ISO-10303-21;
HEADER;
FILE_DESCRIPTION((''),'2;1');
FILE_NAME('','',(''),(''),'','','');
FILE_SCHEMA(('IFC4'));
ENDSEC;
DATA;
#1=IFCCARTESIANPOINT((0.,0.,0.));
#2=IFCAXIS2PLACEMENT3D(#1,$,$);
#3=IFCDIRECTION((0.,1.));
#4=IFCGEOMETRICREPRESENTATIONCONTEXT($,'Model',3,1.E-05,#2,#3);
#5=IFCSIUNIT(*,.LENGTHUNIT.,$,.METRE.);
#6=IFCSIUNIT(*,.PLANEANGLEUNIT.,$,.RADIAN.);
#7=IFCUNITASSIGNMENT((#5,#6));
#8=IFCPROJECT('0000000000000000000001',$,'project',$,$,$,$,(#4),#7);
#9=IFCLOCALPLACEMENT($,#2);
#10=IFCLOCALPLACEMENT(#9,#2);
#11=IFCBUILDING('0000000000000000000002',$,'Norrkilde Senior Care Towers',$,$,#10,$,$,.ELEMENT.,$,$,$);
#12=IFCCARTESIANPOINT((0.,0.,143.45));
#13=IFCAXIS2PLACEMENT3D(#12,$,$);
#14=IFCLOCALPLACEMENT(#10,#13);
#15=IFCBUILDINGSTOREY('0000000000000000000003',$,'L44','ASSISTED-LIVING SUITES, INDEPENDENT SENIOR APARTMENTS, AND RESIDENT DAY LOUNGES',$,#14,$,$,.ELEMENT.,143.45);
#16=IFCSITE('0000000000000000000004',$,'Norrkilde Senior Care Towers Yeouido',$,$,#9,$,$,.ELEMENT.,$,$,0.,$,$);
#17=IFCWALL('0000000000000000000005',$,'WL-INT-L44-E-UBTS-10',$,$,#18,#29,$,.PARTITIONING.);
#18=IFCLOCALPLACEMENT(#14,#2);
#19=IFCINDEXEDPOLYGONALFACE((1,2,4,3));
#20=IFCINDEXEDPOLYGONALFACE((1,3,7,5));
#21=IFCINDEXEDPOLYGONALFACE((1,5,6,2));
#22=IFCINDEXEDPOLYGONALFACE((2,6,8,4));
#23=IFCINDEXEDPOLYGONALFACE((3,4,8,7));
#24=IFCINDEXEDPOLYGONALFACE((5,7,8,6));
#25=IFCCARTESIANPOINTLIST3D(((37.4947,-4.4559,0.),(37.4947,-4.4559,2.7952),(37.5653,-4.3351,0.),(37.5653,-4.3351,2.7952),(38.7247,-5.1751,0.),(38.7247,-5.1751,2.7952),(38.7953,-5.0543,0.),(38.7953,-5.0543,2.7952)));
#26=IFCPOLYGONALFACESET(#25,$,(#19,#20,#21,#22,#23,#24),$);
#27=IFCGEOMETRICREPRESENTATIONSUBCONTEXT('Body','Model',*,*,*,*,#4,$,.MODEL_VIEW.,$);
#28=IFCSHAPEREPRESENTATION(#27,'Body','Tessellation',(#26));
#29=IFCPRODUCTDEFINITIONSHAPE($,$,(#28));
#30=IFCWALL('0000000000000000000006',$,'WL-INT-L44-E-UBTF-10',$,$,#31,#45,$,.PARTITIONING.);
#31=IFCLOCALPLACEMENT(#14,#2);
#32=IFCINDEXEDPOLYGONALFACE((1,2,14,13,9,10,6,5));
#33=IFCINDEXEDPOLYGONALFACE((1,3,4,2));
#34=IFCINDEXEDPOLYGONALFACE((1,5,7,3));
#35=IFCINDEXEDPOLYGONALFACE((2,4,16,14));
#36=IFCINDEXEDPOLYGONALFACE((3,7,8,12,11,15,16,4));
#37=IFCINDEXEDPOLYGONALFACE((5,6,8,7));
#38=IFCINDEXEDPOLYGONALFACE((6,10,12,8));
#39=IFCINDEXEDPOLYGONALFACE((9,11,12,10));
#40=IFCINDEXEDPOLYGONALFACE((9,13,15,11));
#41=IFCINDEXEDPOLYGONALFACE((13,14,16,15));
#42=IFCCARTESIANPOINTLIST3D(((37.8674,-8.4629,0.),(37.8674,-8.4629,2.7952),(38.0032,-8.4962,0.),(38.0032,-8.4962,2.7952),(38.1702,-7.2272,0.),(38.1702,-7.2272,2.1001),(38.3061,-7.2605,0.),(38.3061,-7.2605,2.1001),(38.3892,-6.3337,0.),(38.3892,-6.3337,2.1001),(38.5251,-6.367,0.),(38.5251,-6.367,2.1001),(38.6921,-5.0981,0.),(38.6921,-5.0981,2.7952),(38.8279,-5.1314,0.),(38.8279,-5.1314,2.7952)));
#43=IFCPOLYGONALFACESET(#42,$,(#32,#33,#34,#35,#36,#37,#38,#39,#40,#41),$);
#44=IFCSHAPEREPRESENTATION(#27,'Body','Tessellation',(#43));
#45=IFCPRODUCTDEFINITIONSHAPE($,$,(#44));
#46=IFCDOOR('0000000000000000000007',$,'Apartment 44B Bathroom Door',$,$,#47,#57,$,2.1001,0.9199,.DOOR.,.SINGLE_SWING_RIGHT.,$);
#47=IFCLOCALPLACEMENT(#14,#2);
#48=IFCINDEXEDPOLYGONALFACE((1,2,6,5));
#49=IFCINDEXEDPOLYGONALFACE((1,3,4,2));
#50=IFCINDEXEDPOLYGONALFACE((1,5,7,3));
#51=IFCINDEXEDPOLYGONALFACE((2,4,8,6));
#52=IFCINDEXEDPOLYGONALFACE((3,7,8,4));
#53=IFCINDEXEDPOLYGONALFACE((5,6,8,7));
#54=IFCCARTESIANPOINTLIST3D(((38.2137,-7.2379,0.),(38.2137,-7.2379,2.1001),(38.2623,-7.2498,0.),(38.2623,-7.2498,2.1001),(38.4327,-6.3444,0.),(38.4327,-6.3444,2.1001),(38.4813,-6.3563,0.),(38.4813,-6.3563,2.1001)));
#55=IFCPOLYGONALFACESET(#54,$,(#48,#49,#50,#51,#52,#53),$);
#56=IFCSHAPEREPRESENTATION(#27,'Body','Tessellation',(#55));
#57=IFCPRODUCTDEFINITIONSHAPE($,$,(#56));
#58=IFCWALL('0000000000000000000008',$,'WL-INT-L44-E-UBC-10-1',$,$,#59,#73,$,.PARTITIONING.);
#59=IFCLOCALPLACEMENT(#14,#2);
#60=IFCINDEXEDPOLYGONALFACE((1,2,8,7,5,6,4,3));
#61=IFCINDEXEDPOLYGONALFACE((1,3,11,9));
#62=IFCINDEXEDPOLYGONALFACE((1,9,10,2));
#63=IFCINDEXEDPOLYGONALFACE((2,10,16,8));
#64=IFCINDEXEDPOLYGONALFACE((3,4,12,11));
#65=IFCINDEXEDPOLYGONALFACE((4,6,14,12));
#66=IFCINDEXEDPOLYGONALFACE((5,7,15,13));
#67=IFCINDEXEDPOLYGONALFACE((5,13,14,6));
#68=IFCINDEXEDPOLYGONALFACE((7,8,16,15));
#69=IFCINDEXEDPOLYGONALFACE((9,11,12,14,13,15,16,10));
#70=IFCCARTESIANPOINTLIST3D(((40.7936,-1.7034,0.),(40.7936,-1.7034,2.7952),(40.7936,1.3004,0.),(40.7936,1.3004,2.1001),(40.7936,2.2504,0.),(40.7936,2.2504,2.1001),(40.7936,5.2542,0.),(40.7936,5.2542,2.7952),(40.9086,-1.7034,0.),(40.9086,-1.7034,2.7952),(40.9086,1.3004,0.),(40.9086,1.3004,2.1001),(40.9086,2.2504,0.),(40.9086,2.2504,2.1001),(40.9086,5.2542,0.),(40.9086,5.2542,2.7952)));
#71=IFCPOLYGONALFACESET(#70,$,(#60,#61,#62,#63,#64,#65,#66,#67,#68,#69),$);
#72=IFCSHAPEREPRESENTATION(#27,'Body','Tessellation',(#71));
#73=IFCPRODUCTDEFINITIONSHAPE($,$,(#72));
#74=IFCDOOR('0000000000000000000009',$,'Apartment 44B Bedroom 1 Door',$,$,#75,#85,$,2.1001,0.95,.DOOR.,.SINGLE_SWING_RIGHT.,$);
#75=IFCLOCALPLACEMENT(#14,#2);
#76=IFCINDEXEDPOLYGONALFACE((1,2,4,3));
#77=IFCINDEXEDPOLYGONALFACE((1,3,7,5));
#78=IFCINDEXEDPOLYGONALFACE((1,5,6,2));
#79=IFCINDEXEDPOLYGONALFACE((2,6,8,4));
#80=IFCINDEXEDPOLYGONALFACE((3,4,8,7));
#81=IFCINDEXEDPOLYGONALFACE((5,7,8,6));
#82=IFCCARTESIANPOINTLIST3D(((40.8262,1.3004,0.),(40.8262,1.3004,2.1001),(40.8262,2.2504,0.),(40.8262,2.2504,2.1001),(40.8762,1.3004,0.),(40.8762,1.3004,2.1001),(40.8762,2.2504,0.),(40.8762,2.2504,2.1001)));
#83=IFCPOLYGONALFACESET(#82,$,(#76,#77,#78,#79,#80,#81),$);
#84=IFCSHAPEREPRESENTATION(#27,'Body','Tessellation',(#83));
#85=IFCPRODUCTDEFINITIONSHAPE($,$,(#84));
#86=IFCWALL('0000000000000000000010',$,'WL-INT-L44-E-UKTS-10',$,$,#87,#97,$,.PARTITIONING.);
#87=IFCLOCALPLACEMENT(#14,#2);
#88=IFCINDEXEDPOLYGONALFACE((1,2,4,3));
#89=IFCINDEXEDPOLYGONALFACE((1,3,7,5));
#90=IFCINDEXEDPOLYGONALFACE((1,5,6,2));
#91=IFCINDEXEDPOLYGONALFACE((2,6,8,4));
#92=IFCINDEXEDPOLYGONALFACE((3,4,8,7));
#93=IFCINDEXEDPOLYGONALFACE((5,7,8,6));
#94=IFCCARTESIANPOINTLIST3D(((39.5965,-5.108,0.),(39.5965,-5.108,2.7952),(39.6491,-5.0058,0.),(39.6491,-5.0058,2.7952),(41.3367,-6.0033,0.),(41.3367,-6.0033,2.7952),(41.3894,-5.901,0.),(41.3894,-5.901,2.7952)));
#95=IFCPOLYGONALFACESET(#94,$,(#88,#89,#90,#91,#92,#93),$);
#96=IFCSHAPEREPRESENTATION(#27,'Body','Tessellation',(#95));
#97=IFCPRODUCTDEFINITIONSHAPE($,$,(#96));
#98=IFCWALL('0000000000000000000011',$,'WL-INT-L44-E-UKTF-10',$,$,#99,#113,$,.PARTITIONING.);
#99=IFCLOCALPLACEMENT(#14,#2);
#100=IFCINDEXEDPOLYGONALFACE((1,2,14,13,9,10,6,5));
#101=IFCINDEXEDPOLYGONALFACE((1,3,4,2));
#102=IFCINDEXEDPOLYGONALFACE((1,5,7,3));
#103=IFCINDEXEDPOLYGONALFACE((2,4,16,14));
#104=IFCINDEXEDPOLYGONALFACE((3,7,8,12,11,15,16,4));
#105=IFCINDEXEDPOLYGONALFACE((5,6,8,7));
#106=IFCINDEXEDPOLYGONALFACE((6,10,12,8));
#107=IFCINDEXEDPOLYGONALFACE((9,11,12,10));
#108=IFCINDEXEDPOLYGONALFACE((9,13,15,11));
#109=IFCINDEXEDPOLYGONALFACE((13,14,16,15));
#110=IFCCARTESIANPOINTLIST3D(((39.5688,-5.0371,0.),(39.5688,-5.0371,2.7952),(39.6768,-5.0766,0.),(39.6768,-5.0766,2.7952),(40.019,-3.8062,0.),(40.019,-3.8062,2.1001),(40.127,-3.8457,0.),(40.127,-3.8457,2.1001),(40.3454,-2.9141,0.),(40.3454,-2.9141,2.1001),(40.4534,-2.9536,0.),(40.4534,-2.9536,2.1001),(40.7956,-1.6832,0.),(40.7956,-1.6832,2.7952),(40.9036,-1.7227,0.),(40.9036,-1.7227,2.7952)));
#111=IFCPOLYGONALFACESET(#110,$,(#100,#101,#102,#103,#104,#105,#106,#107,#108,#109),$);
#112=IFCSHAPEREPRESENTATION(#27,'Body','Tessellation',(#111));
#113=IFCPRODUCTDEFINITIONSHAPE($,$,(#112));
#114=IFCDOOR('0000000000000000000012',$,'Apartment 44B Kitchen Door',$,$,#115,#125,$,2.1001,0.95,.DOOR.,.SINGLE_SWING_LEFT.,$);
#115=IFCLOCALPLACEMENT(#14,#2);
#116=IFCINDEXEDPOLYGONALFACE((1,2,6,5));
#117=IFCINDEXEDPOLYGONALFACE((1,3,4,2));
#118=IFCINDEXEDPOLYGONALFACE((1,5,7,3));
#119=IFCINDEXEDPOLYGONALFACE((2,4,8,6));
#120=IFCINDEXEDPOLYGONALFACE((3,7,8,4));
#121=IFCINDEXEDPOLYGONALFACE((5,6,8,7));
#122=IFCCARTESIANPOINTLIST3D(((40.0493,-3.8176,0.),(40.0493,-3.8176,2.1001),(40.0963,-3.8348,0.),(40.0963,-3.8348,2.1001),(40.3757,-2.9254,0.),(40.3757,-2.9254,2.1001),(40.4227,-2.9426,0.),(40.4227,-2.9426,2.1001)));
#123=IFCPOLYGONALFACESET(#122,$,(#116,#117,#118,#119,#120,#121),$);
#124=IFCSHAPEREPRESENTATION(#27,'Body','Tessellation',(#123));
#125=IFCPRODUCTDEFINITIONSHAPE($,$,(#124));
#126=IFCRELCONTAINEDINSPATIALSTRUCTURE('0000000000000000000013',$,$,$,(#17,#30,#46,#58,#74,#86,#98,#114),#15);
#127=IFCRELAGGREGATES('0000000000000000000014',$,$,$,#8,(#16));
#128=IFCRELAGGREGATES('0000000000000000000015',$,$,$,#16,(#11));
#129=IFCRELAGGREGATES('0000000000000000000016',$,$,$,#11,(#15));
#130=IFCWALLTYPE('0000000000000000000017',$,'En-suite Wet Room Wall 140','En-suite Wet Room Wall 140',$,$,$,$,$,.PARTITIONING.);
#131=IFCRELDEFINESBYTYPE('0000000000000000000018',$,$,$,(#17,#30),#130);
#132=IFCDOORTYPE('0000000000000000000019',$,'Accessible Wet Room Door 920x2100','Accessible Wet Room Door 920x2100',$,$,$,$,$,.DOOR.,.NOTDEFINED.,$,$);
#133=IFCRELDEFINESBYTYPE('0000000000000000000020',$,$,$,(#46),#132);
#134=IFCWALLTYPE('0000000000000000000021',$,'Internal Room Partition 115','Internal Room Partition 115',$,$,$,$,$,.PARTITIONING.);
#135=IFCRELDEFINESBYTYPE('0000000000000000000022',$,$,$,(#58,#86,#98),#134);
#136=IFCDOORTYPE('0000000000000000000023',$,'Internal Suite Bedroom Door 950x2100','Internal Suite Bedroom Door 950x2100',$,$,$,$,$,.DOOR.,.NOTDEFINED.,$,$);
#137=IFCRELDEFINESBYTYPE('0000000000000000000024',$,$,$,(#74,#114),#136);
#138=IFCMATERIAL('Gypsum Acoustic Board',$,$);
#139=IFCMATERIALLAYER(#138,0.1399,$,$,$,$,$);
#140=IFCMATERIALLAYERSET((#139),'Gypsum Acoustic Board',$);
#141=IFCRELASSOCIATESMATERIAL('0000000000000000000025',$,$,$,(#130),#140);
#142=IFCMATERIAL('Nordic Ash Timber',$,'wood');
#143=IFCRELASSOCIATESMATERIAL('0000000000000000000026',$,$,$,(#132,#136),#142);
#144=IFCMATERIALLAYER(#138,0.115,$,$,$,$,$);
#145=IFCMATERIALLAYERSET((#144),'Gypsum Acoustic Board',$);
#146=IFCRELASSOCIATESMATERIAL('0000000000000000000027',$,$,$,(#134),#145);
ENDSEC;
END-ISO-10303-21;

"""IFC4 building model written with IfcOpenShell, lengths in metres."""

from ifc_helpers import new_model, si_unit, direction, frame, frame_2d, origin, place, context, subcontext, project, spatial, rectangle, extrude, source, transform, mapped, material, layer, layer_set, type_object, type_shapes, element, fill, save


model = new_model("IFC4")

# Units and contexts
model_context = context("Model", 3, precision=1e-05, world=origin(), true_north=direction((0.0, 1.0)))
body_context = subcontext(model_context, "Body", "Model", "MODEL_VIEW")
ifc_project = project(units=[si_unit("LENGTHUNIT", "METRE"), si_unit("PLANEANGLEUNIT", "RADIAN")], contexts=[model_context])

# Site, building, storey
site_placement = place(None, origin())
site = spatial("IfcSite", under=ifc_project, at=site_placement, Name="Norrkilde Senior Care Towers Yeouido", CompositionType="ELEMENT", RefElevation=0.0)
building_placement = place(site_placement, origin())
building = spatial("IfcBuilding", under=site, at=building_placement, Name="Norrkilde Senior Care Towers", CompositionType="ELEMENT")
storey_placement = place(building_placement, frame((0.0, 0.0, 143.45)))
storey = spatial("IfcBuildingStorey", under=building, at=storey_placement, Name="L44", Description="ASSISTED-LIVING SUITES, INDEPENDENT SENIOR APARTMENTS, AND RESIDENT DAY LOUNGES", CompositionType="ELEMENT", Elevation=143.45)

# Shared definitions
ifc_material_1 = material(Name="Gypsum Acoustic Board")

# Shared definitions
ifc_material_2 = material(Name="Nordic Ash Timber", Category="wood")

# Wall
ifc_layer_1 = layer(ifc_material_1, 0.1399)
ifc_layer_set_1 = layer_set([ifc_layer_1], Name="Gypsum Acoustic Board")
wall_type_1 = type_object("IfcWallType", Name="En-suite Wet Room Wall 140", Description="En-suite Wet Room Wall 140", PredefinedType="PARTITIONING", material=ifc_layer_set_1)
shared_shape_1 = source(origin(), body_context, "Body", "SweptSolid", [
    extrude(rectangle(XDim=1.4248, YDim=0.1399, at=frame_2d((0.7124, 0.0))), origin(), (0.0, 0.0, 1.0), 2.7952),
])
wall_1_placement = place(storey_placement, frame((37.53, -4.3955, 0.0), z_axis=(0.0, 0.0, 1.0), x_axis=(0.863244, -0.504787, 0.0)))
element("IfcWall", 1, at=wall_1_placement, inside=storey, type_object=wall_type_1, Name="WL-INT-L44-E-UBTS-10", PredefinedType="PARTITIONING", context=body_context, shape_type="MappedRepresentation", body=[
    mapped(shared_shape_1, transform((0.0, 0.0, 0.0), x_axis=(1.0, 0.0, 0.0), y_axis=(0.0, 1.0, 0.0), z_axis=(0.0, 0.0, 1.0), scale=1.0)),
])

# Walls, openings, doors
shared_shape_2 = source(origin(), body_context, "Body", "SweptSolid", [
    extrude(rectangle(XDim=3.4644, YDim=0.1399, at=frame_2d((1.7322, 0.0))), origin(), (0.0, 0.0, 1.0), 2.7952),
])
type_shapes(wall_type_1, [shared_shape_1, shared_shape_2])
wall_2_placement = place(storey_placement, frame((38.76, -5.1147, 0.0), z_axis=(0.0, 0.0, 1.0), x_axis=(-0.238056, -0.971251, 0.0)))
wall_2 = element("IfcWall", 2, at=wall_2_placement, inside=storey, type_object=wall_type_1, Name="WL-INT-L44-E-UBTF-10", PredefinedType="PARTITIONING", context=body_context, shape_type="MappedRepresentation", body=[
    mapped(shared_shape_2, transform((0.0, 0.0, 0.0), x_axis=(1.0, 0.0, 0.0), y_axis=(0.0, 1.0, 0.0), z_axis=(0.0, 0.0, 1.0), scale=1.0)),
])
opening_1_placement = place(wall_2_placement, frame((1.2722, 0.0, 0.0)))
opening_1 = element("IfcOpeningElement", 3, at=opening_1_placement, cuts=wall_2, PredefinedType="OPENING", context=body_context, shape_type="SweptSolid", body=[
    extrude(rectangle(XDim=0.9199, YDim=2.1001, at=frame_2d((0.46, 1.05))), frame((0.0, 0.0798, 0.0), z_axis=(0.0, -1.0, 0.0), x_axis=(1.0, 0.0, 0.0)), (0.0, 0.0, 1.0), 0.1599),
])
door_type_1 = type_object("IfcDoorType", Name="Accessible Wet Room Door 920x2100", Description="Accessible Wet Room Door 920x2100", OperationType="NOTDEFINED", PredefinedType="DOOR", material=ifc_material_2)
shared_shape_3 = source(origin(), body_context, "Body", "SweptSolid", [
    extrude(rectangle(XDim=0.9199, YDim=2.1001, at=frame_2d((0.46, 1.05))), frame((0.0, 0.0249, 0.0), z_axis=(0.0, -1.0, 0.0), x_axis=(1.0, 0.0, 0.0)), (0.0, 0.0, 1.0), 0.05),
])
type_shapes(door_type_1, [shared_shape_3])
door_1_placement = place(opening_1_placement, origin())
door_1 = element("IfcDoor", 4, at=door_1_placement, inside=storey, type_object=door_type_1, Name="Apartment 44B Bathroom Door", OperationType="SINGLE_SWING_RIGHT", OverallHeight=2.1001, OverallWidth=0.9199, PredefinedType="DOOR", context=body_context, shape_type="MappedRepresentation", body=[
    mapped(shared_shape_3, transform((0.0, 0.0, 0.0), x_axis=(1.0, 0.0, 0.0), y_axis=(0.0, 1.0, 0.0), z_axis=(0.0, 0.0, 1.0), scale=1.0)),
])
fill(opening_1, door_1)
ifc_layer_2 = layer(ifc_material_1, 0.115)
ifc_layer_set_2 = layer_set([ifc_layer_2], Name="Gypsum Acoustic Board")
wall_type_2 = type_object("IfcWallType", Name="Internal Room Partition 115", Description="Internal Room Partition 115", PredefinedType="PARTITIONING", material=ifc_layer_set_2)
shared_shape_4 = source(origin(), body_context, "Body", "SweptSolid", [
    extrude(rectangle(XDim=6.9575, YDim=0.115, at=frame_2d((3.4788, 0.0))), origin(), (0.0, 0.0, 1.0), 2.7952),
])
wall_3_placement = place(storey_placement, frame((40.8511, -1.7034, 0.0), z_axis=(0.0, 0.0, 1.0), x_axis=(0.0, 1.0, 0.0)))
wall_3 = element("IfcWall", 5, at=wall_3_placement, inside=storey, type_object=wall_type_2, Name="WL-INT-L44-E-UBC-10-1", PredefinedType="PARTITIONING", context=body_context, shape_type="MappedRepresentation", body=[
    mapped(shared_shape_4, transform((0.0, 0.0, 0.0), x_axis=(1.0, 0.0, 0.0), y_axis=(0.0, 1.0, 0.0), z_axis=(0.0, 0.0, 1.0), scale=1.0)),
])
opening_2_placement = place(wall_3_placement, frame((3.0037, 0.0, 0.0)))
opening_2 = element("IfcOpeningElement", 6, at=opening_2_placement, cuts=wall_3, PredefinedType="OPENING", context=body_context, shape_type="SweptSolid", body=[
    extrude(rectangle(XDim=0.95, YDim=2.1001, at=frame_2d((0.4751, 1.05))), frame((0.0, 0.0674, 0.0), z_axis=(0.0, -1.0, 0.0), x_axis=(1.0, 0.0, 0.0)), (0.0, 0.0, 1.0), 0.135),
])
door_type_2 = type_object("IfcDoorType", Name="Internal Suite Bedroom Door 950x2100", Description="Internal Suite Bedroom Door 950x2100", OperationType="NOTDEFINED", PredefinedType="DOOR", material=ifc_material_2)
shared_shape_5 = source(origin(), body_context, "Body", "SweptSolid", [
    extrude(rectangle(XDim=0.95, YDim=2.1001, at=frame_2d((0.4751, 1.05))), frame((0.0, 0.0249, 0.0), z_axis=(0.0, -1.0, 0.0), x_axis=(1.0, 0.0, 0.0)), (0.0, 0.0, 1.0), 0.05),
])
type_shapes(door_type_2, [shared_shape_5])
door_2_placement = place(opening_2_placement, origin())
door_2 = element("IfcDoor", 7, at=door_2_placement, inside=storey, type_object=door_type_2, Name="Apartment 44B Bedroom 1 Door", OperationType="SINGLE_SWING_RIGHT", OverallHeight=2.1001, OverallWidth=0.95, PredefinedType="DOOR", context=body_context, shape_type="MappedRepresentation", body=[
    mapped(shared_shape_5, transform((0.0, 0.0, 0.0), x_axis=(1.0, 0.0, 0.0), y_axis=(0.0, 1.0, 0.0), z_axis=(0.0, 0.0, 1.0), scale=1.0)),
])
fill(opening_2, door_2)

# Wall
shared_shape_6 = source(origin(), body_context, "Body", "SweptSolid", [
    extrude(rectangle(XDim=1.957, YDim=0.115, at=frame_2d((0.9785, 0.0))), origin(), (0.0, 0.0, 1.0), 2.7952),
])
wall_4_placement = place(storey_placement, frame((39.6228, -5.0569, 0.0), z_axis=(0.0, 0.0, 1.0), x_axis=(0.889228, -0.457464, 0.0)))
element("IfcWall", 8, at=wall_4_placement, inside=storey, type_object=wall_type_2, Name="WL-INT-L44-E-UKTS-10", PredefinedType="PARTITIONING", context=body_context, shape_type="MappedRepresentation", body=[
    mapped(shared_shape_6, transform((0.0, 0.0, 0.0), x_axis=(1.0, 0.0, 0.0), y_axis=(0.0, 1.0, 0.0), z_axis=(0.0, 0.0, 1.0), scale=1.0)),
])

# Wall, opening, door
shared_shape_7 = source(origin(), body_context, "Body", "SweptSolid", [
    extrude(rectangle(XDim=3.5713, YDim=0.115, at=frame_2d((1.7856, 0.0))), origin(), (0.0, 0.0, 1.0), 2.7952),
])
type_shapes(wall_type_2, [shared_shape_4, shared_shape_6, shared_shape_7])
wall_5_placement = place(storey_placement, frame((39.6228, -5.0569, 0.0), z_axis=(0.0, 0.0, 1.0), x_axis=(0.343515, 0.939147, 0.0)))
wall_5 = element("IfcWall", 9, at=wall_5_placement, inside=storey, type_object=wall_type_2, Name="WL-INT-L44-E-UKTF-10", PredefinedType="PARTITIONING", context=body_context, shape_type="MappedRepresentation", body=[
    mapped(shared_shape_7, transform((0.0, 0.0, 0.0), x_axis=(1.0, 0.0, 0.0), y_axis=(0.0, 1.0, 0.0), z_axis=(0.0, 0.0, 1.0), scale=1.0)),
])
opening_3_placement = place(wall_5_placement, frame((1.3105, 0.0, 0.0)))
opening_3 = element("IfcOpeningElement", 10, at=opening_3_placement, cuts=wall_5, PredefinedType="OPENING", context=body_context, shape_type="SweptSolid", body=[
    extrude(rectangle(XDim=0.95, YDim=2.1001, at=frame_2d((0.4751, 1.05))), frame((0.0, 0.0674, 0.0), z_axis=(0.0, -1.0, 0.0), x_axis=(1.0, 0.0, 0.0)), (0.0, 0.0, 1.0), 0.135),
])
door_3_placement = place(opening_3_placement, frame((0.95, 0.0, 0.0), z_axis=(0.0, 0.0, 1.0), x_axis=(-1.0, 0.0, 0.0)))
door_3 = element("IfcDoor", 11, at=door_3_placement, inside=storey, type_object=door_type_2, Name="Apartment 44B Kitchen Door", OperationType="SINGLE_SWING_LEFT", OverallHeight=2.1001, OverallWidth=0.95, PredefinedType="DOOR", context=body_context, shape_type="MappedRepresentation", body=[
    mapped(shared_shape_5, transform((0.0, 0.0, 0.0), x_axis=(1.0, 0.0, 0.0), y_axis=(0.0, 1.0, 0.0), z_axis=(0.0, 0.0, 1.0), scale=1.0)),
])
fill(opening_3, door_3)

save(model, "model.ifc")
